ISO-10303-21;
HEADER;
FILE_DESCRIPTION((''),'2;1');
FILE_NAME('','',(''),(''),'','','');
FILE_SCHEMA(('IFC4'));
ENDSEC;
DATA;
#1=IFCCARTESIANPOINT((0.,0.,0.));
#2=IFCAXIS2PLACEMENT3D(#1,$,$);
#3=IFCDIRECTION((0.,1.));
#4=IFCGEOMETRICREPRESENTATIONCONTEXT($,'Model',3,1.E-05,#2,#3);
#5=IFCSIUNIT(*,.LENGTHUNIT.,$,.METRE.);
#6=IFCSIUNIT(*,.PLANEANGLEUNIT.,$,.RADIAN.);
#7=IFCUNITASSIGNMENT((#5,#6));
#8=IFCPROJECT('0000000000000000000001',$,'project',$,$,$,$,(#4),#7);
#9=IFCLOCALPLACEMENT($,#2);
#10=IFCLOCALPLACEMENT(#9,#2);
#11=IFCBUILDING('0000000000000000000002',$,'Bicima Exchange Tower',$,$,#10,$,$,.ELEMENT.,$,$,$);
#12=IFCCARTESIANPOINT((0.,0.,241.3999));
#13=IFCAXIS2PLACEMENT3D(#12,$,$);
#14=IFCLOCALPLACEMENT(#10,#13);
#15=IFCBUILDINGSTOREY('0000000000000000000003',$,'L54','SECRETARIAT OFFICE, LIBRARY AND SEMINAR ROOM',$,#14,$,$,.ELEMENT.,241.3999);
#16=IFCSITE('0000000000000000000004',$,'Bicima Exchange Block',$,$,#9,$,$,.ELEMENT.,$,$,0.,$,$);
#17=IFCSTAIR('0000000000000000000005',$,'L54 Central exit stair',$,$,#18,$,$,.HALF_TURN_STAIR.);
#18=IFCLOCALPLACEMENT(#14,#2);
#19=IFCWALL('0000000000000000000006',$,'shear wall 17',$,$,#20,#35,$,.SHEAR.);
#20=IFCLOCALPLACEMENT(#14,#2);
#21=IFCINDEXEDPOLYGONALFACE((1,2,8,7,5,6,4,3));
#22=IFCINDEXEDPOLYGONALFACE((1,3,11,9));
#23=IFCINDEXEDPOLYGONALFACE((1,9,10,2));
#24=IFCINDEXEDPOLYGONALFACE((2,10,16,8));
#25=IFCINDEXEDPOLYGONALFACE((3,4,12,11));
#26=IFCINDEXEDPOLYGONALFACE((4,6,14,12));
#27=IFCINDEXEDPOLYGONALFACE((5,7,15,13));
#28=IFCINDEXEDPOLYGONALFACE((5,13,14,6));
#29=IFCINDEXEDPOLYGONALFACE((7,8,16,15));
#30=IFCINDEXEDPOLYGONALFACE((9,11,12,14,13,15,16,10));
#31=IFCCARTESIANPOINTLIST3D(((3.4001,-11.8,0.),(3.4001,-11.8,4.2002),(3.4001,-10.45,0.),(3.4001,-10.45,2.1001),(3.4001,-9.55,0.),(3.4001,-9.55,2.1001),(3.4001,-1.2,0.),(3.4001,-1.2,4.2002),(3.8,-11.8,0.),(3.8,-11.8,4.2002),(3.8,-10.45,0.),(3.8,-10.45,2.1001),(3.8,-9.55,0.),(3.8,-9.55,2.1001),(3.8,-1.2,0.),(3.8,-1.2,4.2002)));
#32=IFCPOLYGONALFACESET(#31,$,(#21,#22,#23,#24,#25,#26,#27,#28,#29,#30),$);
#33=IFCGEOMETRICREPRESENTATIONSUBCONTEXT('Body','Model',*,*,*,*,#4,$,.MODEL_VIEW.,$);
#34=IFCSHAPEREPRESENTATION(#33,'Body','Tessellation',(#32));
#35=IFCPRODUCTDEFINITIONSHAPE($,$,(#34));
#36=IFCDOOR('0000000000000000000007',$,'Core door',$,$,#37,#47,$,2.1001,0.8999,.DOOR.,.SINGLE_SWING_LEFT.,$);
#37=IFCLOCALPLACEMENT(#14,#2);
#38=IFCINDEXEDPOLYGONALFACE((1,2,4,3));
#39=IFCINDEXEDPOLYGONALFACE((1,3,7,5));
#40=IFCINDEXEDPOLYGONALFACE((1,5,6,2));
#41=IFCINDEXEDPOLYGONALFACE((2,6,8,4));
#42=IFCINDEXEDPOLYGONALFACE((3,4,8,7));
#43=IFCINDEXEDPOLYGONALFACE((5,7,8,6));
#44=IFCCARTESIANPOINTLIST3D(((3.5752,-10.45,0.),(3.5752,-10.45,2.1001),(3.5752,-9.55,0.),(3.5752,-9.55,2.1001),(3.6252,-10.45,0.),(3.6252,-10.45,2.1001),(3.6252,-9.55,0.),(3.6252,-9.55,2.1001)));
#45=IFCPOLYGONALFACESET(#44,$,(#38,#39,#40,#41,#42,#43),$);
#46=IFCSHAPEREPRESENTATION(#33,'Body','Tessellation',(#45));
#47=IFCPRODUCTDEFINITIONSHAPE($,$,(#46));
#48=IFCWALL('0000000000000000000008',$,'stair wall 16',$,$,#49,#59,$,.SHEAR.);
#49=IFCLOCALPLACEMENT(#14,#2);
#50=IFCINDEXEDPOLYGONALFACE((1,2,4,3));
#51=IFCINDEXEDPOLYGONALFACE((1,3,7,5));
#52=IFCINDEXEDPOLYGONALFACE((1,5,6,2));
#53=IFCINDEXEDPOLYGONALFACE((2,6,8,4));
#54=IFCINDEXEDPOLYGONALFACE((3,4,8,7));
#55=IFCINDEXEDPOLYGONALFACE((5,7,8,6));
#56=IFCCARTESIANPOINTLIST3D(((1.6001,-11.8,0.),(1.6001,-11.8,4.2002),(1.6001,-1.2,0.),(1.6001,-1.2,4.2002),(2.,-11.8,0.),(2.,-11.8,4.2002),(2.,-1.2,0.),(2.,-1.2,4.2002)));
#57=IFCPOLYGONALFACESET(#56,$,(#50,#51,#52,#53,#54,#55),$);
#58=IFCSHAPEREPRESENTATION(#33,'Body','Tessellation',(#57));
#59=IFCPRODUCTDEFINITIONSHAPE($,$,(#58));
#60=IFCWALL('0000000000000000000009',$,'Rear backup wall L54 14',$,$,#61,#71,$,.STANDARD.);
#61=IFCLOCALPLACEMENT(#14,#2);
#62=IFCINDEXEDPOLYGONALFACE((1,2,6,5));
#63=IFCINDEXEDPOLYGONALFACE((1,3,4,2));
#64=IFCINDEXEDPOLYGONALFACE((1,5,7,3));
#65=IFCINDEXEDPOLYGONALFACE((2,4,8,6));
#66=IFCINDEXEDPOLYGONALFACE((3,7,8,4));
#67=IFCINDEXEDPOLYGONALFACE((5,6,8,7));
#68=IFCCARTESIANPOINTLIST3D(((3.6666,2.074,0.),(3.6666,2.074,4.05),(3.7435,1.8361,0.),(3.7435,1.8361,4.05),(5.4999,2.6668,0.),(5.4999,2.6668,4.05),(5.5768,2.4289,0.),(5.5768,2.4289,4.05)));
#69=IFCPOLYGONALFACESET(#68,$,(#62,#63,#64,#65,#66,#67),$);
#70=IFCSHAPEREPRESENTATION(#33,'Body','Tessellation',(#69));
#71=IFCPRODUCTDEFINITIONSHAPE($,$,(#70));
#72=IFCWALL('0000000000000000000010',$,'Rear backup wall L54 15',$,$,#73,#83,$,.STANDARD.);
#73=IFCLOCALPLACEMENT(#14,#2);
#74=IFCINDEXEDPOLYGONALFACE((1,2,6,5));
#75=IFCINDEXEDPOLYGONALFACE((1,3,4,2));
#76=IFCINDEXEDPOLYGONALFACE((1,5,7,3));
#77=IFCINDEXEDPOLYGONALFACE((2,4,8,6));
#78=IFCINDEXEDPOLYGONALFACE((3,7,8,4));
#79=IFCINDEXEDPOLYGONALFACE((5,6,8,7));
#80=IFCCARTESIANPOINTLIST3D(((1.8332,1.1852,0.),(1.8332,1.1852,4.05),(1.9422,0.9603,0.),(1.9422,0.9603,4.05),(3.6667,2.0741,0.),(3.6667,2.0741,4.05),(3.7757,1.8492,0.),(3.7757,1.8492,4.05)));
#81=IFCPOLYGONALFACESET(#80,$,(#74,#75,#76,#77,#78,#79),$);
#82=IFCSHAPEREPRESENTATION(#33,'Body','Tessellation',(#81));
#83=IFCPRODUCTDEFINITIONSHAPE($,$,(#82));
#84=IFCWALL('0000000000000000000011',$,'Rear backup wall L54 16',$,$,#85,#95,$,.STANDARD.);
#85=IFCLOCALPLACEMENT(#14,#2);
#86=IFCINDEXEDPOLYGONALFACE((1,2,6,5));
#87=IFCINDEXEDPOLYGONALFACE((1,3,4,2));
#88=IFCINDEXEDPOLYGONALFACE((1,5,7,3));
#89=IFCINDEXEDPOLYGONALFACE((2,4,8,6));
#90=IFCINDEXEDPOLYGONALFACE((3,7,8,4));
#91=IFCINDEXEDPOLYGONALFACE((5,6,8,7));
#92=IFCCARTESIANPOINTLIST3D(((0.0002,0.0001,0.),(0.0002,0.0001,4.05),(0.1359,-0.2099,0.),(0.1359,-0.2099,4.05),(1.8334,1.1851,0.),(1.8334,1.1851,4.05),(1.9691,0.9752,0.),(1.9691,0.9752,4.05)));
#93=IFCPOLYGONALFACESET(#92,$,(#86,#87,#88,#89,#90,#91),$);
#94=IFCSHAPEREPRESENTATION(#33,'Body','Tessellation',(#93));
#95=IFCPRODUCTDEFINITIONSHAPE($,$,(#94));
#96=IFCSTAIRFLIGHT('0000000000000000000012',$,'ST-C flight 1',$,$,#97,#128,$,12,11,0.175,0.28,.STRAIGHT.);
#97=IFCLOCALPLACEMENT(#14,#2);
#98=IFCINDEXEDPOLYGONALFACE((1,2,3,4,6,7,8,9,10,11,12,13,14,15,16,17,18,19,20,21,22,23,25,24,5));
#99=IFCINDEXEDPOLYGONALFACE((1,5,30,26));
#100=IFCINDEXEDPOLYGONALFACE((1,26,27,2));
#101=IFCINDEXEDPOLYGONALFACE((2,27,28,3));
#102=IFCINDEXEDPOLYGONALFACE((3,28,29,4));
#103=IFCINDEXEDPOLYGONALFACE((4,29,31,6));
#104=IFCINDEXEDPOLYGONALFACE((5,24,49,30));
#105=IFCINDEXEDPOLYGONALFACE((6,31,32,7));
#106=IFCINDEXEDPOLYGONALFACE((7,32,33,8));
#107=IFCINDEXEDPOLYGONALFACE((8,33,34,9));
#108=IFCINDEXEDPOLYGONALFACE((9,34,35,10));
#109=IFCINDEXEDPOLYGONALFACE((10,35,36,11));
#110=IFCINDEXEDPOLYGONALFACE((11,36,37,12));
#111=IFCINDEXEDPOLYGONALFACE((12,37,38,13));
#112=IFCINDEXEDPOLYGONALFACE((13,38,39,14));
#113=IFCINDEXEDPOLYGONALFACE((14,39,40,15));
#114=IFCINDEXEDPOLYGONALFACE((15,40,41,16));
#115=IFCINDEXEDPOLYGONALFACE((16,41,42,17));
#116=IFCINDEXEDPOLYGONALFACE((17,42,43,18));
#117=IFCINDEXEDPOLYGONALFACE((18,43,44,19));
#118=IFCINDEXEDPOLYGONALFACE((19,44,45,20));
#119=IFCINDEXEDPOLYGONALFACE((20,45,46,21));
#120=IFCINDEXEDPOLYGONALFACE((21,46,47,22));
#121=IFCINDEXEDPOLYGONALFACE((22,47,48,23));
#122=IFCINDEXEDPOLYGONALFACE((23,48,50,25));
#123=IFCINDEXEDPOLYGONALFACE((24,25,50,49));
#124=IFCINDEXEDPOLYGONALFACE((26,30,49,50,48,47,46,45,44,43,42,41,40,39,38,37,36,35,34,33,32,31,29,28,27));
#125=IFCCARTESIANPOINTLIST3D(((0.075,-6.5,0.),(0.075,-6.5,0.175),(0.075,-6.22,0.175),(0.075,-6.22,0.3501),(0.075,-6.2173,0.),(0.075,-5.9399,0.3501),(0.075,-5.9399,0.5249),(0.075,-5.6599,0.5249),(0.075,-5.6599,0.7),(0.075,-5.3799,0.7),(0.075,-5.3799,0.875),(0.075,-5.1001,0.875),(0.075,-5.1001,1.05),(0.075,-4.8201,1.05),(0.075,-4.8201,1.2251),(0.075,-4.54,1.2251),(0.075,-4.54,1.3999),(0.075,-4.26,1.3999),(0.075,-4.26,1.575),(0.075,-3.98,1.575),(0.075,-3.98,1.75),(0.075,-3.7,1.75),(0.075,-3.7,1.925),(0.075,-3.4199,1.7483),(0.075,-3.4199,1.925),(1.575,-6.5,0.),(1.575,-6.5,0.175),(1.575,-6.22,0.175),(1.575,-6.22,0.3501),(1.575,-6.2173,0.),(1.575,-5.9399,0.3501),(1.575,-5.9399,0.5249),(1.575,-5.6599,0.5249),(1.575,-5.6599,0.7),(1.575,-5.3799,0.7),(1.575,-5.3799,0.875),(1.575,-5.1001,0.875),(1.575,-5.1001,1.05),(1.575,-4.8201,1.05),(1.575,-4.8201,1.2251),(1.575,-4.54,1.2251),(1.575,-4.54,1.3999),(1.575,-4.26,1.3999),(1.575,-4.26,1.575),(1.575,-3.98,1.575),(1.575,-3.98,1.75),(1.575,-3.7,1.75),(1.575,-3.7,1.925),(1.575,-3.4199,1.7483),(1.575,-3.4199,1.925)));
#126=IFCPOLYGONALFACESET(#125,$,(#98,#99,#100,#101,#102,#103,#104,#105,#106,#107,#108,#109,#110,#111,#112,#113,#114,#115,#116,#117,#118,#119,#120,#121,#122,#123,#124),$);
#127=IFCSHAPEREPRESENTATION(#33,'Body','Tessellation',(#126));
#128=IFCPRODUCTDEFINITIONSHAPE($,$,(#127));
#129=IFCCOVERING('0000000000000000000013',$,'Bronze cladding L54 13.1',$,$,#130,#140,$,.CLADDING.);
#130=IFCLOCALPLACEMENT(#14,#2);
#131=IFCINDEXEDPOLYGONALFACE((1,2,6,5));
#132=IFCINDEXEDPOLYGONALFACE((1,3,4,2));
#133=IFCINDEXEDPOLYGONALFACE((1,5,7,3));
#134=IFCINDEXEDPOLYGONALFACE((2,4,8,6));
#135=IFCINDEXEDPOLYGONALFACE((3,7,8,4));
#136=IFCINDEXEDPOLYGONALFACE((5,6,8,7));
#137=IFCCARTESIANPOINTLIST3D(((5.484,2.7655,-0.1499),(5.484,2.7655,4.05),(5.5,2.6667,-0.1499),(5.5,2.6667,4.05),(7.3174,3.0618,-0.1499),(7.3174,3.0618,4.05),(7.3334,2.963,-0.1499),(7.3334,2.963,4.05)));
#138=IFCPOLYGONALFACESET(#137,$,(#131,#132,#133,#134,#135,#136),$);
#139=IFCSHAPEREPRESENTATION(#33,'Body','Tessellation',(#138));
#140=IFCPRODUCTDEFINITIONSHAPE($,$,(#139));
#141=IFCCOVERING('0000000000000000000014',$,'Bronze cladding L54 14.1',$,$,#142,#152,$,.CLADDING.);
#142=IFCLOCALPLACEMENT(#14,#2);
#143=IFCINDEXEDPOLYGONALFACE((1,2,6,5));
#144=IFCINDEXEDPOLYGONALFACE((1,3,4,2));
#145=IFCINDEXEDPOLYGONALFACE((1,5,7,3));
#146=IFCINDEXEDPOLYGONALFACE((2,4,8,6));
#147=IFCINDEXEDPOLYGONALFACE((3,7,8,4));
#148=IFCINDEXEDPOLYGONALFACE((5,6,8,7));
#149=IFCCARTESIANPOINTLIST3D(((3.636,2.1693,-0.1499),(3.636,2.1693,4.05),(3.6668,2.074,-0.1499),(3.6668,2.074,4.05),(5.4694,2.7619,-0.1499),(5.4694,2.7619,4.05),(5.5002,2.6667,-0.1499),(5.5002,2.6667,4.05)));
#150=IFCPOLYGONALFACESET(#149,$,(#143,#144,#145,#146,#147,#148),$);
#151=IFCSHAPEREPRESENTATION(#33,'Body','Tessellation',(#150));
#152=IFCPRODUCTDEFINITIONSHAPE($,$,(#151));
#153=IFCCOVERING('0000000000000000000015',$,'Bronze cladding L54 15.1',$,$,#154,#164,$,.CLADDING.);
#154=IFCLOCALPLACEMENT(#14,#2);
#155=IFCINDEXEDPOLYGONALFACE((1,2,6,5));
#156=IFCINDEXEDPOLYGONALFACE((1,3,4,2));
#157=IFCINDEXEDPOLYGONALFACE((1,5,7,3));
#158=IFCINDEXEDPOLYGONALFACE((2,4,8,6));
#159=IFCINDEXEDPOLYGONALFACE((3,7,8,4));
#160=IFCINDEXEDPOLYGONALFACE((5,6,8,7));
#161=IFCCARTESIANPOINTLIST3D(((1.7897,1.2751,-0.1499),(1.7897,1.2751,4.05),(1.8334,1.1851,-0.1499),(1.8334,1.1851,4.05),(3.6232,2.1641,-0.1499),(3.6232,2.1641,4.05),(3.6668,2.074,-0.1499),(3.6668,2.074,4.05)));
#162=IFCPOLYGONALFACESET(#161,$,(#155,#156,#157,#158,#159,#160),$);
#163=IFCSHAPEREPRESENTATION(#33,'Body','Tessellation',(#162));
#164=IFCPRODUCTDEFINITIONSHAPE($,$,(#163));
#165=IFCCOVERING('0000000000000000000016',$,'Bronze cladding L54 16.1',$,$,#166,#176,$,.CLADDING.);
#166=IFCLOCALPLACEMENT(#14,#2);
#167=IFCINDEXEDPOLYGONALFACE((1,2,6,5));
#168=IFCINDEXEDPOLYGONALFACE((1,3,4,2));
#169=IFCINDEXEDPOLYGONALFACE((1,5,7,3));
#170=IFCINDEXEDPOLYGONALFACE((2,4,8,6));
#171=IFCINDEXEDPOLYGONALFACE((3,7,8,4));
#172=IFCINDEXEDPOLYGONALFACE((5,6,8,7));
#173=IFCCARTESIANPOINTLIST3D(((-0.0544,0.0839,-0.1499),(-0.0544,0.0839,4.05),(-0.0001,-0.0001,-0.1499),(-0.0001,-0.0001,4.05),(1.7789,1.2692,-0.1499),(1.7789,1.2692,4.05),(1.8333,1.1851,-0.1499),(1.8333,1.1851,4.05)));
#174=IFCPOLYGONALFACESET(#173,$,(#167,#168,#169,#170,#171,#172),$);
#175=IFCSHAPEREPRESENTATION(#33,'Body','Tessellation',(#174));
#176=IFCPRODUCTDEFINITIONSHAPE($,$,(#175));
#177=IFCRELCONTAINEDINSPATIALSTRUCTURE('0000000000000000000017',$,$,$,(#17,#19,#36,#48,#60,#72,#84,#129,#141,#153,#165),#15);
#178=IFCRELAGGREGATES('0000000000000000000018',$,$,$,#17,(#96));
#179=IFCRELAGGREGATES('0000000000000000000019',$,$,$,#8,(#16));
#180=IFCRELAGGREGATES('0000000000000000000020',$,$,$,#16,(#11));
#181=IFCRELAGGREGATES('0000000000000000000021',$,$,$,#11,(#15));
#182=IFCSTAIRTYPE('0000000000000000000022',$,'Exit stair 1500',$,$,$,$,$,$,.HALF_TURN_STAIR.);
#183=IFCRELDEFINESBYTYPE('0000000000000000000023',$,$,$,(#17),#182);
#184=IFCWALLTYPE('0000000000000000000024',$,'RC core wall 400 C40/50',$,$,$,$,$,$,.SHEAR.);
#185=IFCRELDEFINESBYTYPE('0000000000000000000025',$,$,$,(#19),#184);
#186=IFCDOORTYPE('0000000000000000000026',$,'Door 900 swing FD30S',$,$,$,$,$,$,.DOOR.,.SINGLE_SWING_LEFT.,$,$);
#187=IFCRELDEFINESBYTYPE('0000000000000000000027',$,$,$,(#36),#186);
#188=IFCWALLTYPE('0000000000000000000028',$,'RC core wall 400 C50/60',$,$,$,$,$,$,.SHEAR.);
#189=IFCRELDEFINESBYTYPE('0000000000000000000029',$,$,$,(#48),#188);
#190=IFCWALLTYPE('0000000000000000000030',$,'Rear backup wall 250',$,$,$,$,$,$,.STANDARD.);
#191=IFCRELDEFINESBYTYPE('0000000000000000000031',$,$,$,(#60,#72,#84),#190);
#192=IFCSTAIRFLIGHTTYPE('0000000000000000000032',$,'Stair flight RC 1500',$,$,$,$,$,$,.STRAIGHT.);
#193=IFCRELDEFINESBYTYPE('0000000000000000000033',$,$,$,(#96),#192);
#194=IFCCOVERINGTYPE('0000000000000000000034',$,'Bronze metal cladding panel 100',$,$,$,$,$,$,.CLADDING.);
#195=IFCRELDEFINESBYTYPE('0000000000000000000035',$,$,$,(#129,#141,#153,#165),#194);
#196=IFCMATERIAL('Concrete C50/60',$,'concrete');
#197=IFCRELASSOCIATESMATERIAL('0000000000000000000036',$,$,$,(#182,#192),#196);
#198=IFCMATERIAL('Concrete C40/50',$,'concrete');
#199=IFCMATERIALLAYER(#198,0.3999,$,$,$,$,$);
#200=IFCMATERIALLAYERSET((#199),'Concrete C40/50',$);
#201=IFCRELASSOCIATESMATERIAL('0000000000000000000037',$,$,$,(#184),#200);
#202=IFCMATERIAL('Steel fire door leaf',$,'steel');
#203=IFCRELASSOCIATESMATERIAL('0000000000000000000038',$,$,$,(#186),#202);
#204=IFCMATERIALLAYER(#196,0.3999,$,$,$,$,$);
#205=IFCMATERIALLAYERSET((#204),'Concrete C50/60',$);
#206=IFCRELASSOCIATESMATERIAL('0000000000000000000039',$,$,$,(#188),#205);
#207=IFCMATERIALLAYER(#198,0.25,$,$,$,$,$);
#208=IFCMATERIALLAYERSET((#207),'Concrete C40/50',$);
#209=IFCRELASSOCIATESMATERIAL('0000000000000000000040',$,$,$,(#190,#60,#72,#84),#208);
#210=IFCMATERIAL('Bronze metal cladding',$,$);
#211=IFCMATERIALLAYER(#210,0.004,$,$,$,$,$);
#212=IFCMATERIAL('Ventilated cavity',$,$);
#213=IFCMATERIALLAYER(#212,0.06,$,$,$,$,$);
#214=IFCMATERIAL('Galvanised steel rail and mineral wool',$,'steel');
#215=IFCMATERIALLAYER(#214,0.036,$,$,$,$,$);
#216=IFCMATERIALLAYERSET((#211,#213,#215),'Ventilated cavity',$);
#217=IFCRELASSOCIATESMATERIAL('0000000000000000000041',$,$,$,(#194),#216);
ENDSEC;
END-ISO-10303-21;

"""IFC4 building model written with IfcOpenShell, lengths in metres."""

from ifc_helpers import new_model, si_unit, direction, frame, frame_2d, origin, origin_2d, place, context, subcontext, project, spatial, polyline, rectangle, outline, extrude, material, layer, layer_set, layer_usage, type_object, element, fill, aggregate, save


model = new_model("IFC4")

# Units and contexts
model_context = context("Model", 3, precision=1e-05, world=origin(), true_north=direction((0.0, 1.0)))
body_context = subcontext(model_context, "Body", "Model", "MODEL_VIEW")
ifc_project = project(units=[si_unit("LENGTHUNIT", "METRE"), si_unit("PLANEANGLEUNIT", "RADIAN")], contexts=[model_context])

# Site, building, storey
site_placement = place(None, origin())
site = spatial("IfcSite", under=ifc_project, at=site_placement, Name="Bicima Exchange Block", CompositionType="ELEMENT", RefElevation=0.0)
building_placement = place(site_placement, origin())
building = spatial("IfcBuilding", under=site, at=building_placement, Name="Bicima Exchange Tower", CompositionType="ELEMENT")
storey_placement = place(building_placement, frame((0.0, 0.0, 241.3999)))
storey = spatial("IfcBuildingStorey", under=building, at=storey_placement, Name="L54", Description="SECRETARIAT OFFICE, LIBRARY AND SEMINAR ROOM", CompositionType="ELEMENT", Elevation=241.3999)

# Shared definitions
ifc_material_1 = material(Name="Concrete C40/50", Category="concrete")

# Stair
ifc_material_2 = material(Name="Concrete C50/60", Category="concrete")
stair_type_1 = type_object("IfcStairType", Name="Exit stair 1500", PredefinedType="HALF_TURN_STAIR", material=ifc_material_2)
stair_1_placement = place(storey_placement, origin())
stair_1 = element("IfcStair", 1, at=stair_1_placement, inside=storey, type_object=stair_type_1, Name="L54 Central exit stair", PredefinedType="HALF_TURN_STAIR")

# Shared definitions
ifc_layer_1 = layer(ifc_material_1, 0.3999)
ifc_layer_set_1 = layer_set([ifc_layer_1], Name="Concrete C40/50")
wall_type_1 = type_object("IfcWallType", Name="RC core wall 400 C40/50", PredefinedType="SHEAR", material=ifc_layer_set_1)

# Wall, opening, door
wall_1_placement = place(storey_placement, frame((3.6001, -11.8, 0.0), z_axis=(0.0, 0.0, 1.0), x_axis=(0.0, 1.0, 0.0)))
wall_1 = element("IfcWall", 2, at=wall_1_placement, inside=storey, type_object=wall_type_1, Name="shear wall 17", PredefinedType="SHEAR", context=body_context, shape_type="SweptSolid", body=[
    extrude(rectangle(XDim=10.6001, YDim=0.3999, at=frame_2d((5.3, 0.0))), origin(), (0.0, 0.0, 1.0), 4.2002),
])
opening_1_placement = place(wall_1_placement, frame((1.3501, 0.0, 0.0)))
opening_1 = element("IfcOpeningElement", 3, at=opening_1_placement, cuts=wall_1, PredefinedType="OPENING", context=body_context, shape_type="SweptSolid", body=[
    extrude(rectangle(XDim=0.8999, YDim=2.1001, at=frame_2d((0.45, 1.05))), frame((0.0, 0.2119, 0.0), z_axis=(0.0, -1.0, 0.0), x_axis=(1.0, 0.0, 0.0)), (0.0, 0.0, 1.0), 0.4238),
])
ifc_material_3 = material(Name="Steel fire door leaf", Category="steel")
door_type_1 = type_object("IfcDoorType", Name="Door 900 swing FD30S", OperationType="SINGLE_SWING_LEFT", PredefinedType="DOOR", material=ifc_material_3)
door_1_placement = place(opening_1_placement, origin())
door_1 = element("IfcDoor", 4, at=door_1_placement, inside=storey, type_object=door_type_1, Name="Core door", OperationType="SINGLE_SWING_LEFT", OverallHeight=2.1001, OverallWidth=0.8999, PredefinedType="DOOR", context=body_context, shape_type="SweptSolid", body=[
    extrude(rectangle(XDim=0.8999, YDim=2.1001, at=frame_2d((0.45, 1.05))), frame((0.0, 0.0249, 0.0), z_axis=(0.0, -1.0, 0.0), x_axis=(1.0, 0.0, 0.0)), (0.0, 0.0, 1.0), 0.05),
])
fill(opening_1, door_1)

# Walls
ifc_layer_2 = layer(ifc_material_2, 0.3999)
ifc_layer_set_2 = layer_set([ifc_layer_2], Name="Concrete C50/60")
wall_type_2 = type_object("IfcWallType", Name="RC core wall 400 C50/60", PredefinedType="SHEAR", material=ifc_layer_set_2)
wall_2_placement = place(storey_placement, frame((1.8, -11.8, 0.0), z_axis=(0.0, 0.0, 1.0), x_axis=(0.0, 1.0, 0.0)))
element("IfcWall", 5, at=wall_2_placement, inside=storey, type_object=wall_type_2, Name="stair wall 16", PredefinedType="SHEAR", context=body_context, shape_type="SweptSolid", body=[
    extrude(rectangle(XDim=10.6001, YDim=0.3999, at=frame_2d((5.3, 0.0))), origin(), (0.0, 0.0, 1.0), 4.2002),
])
ifc_layer_3 = layer(ifc_material_1, 0.25)
ifc_layer_set_3 = layer_set([ifc_layer_3], Name="Concrete C40/50")
ifc_layer_usage = layer_usage(ifc_layer_set_3, "AXIS2", "POSITIVE", -0.125)
wall_type_3 = type_object("IfcWallType", Name="Rear backup wall 250", PredefinedType="STANDARD", material=ifc_layer_set_3)
wall_3_placement = place(storey_placement, frame((5.5383, 2.5479, 0.0), z_axis=(0.0, 0.0, 1.0), x_axis=(-0.951496, -0.307662, 0.0)))
element("IfcWall", 6, at=wall_3_placement, inside=storey, type_object=wall_type_3, material=ifc_layer_usage, Name="Rear backup wall L54 14", PredefinedType="STANDARD", context=body_context, shape_type="SweptSolid", body=[
    extrude(rectangle(XDim=1.9268, YDim=0.25, at=frame_2d((0.9634, 0.0))), origin(), (0.0, 0.0, 1.0), 4.05),
])
wall_4_placement = place(storey_placement, frame((3.7212, 1.9617, 0.0), z_axis=(0.0, 0.0, 1.0), x_axis=(-0.899824, -0.436253, 0.0)))
element("IfcWall", 7, at=wall_4_placement, inside=storey, type_object=wall_type_3, material=ifc_layer_usage, Name="Rear backup wall L54 15", PredefinedType="STANDARD", context=body_context, shape_type="SweptSolid", body=[
    extrude(rectangle(XDim=2.0376, YDim=0.25, at=frame_2d((1.0188, 0.0))), origin(), (0.0, 0.0, 1.0), 4.05),
])
wall_5_placement = place(storey_placement, frame((1.9011, 1.0801, 0.0), z_axis=(0.0, 0.0, 1.0), x_axis=(-0.839813, -0.542876, 0.0)))
element("IfcWall", 8, at=wall_5_placement, inside=storey, type_object=wall_type_3, material=ifc_layer_usage, Name="Rear backup wall L54 16", PredefinedType="STANDARD", context=body_context, shape_type="SweptSolid", body=[
    extrude(rectangle(XDim=2.1829, YDim=0.25, at=frame_2d((1.0913, 0.0))), origin(), (0.0, 0.0, 1.0), 4.05),
])

# Stair flight
stair_flight_type = type_object("IfcStairFlightType", Name="Stair flight RC 1500", PredefinedType="STRAIGHT", material=ifc_material_2)
stair_flight_placement = place(storey_placement, frame((0.825, -6.5, 0.0), z_axis=(0.0, 0.0, 1.0), x_axis=(0.0, 1.0, 0.0)))
stair_flight = element("IfcStairFlight", 9, at=stair_flight_placement, type_object=stair_flight_type, Name="ST-C flight 1", NumberOfRisers=12, NumberOfTreads=11, PredefinedType="STRAIGHT", RiserHeight=0.175, TreadLength=0.28, context=body_context, shape_type="SweptSolid", body=[
    extrude(outline(polyline([(0.0, 0.0), (0.0, 0.175), (0.28, 0.175), (0.28, 0.3501), (0.5601, 0.3501), (0.5601, 0.5249), (0.8401, 0.5249), (0.8401, 0.7), (1.1201, 0.7), (1.1201, 0.875), (1.3999, 0.875), (1.3999, 1.05), (1.6799, 1.05), (1.6799, 1.2251), (1.96, 1.2251), (1.96, 1.3999), (2.24, 1.3999), (2.24, 1.575), (2.52, 1.575), (2.52, 1.75), (2.8, 1.75), (2.8, 1.925), (3.0801, 1.925), (3.0801, 2.1001), (3.0801, 1.7483), (0.2827, 0.0), (0.0, 0.0)])), frame((0.0, 0.75, 0.0), z_axis=(0.0, -1.0, 0.0), x_axis=(1.0, 0.0, 0.0)), (0.0, 0.0, 1.0), 1.5),
])
aggregate(stair_1, [stair_flight])

# Coverings
ifc_material_4 = material(Name="Bronze metal cladding")
ifc_layer_4 = layer(ifc_material_4, 0.004)
ifc_material_5 = material(Name="Ventilated cavity")
ifc_layer_5 = layer(ifc_material_5, 0.06)
ifc_material_6 = material(Name="Galvanised steel rail and mineral wool", Category="steel")
ifc_layer_6 = layer(ifc_material_6, 0.036)
ifc_layer_set_4 = layer_set([ifc_layer_4, ifc_layer_5, ifc_layer_6], Name="Ventilated cavity")
covering_type = type_object("IfcCoveringType", Name="Bronze metal cladding panel 100", PredefinedType="CLADDING", material=ifc_layer_set_4)
covering_1_placement = place(storey_placement, frame((6.4087, 2.8643, -0.1499), z_axis=(0.0, 0.0, 1.0), x_axis=(-0.98719, -0.15955, 0.0)))
element("IfcCovering", 10, at=covering_1_placement, inside=storey, type_object=covering_type, Name="Bronze cladding L54 13.1", PredefinedType="CLADDING", context=body_context, shape_type="SweptSolid", body=[
    extrude(rectangle(XDim=1.8572, YDim=0.1001, at=origin_2d()), origin(), (0.0, 0.0, 1.0), 4.2),
])
covering_2_placement = place(storey_placement, frame((4.5681, 2.418, -0.1499), z_axis=(0.0, 0.0, 1.0), x_axis=(-0.951525, -0.307573, 0.0)))
element("IfcCovering", 11, at=covering_2_placement, inside=storey, type_object=covering_type, Name="Bronze cladding L54 14.1", PredefinedType="CLADDING", context=body_context, shape_type="SweptSolid", body=[
    extrude(rectangle(XDim=1.9268, YDim=0.1001, at=origin_2d()), origin(), (0.0, 0.0, 1.0), 4.2),
])
covering_3_placement = place(storey_placement, frame((2.7283, 1.6746, -0.1499), z_axis=(0.0, 0.0, 1.0), x_axis=(-0.899818, -0.436265, 0.0)))
element("IfcCovering", 12, at=covering_3_placement, inside=storey, type_object=covering_type, Name="Bronze cladding L54 15.1", PredefinedType="CLADDING", context=body_context, shape_type="SweptSolid", body=[
    extrude(rectangle(XDim=2.0376, YDim=0.1001, at=origin_2d()), origin(), (0.0, 0.0, 1.0), 4.2),
])
covering_4_placement = place(storey_placement, frame((0.8894, 0.6345, -0.1499), z_axis=(0.0, 0.0, 1.0), x_axis=(-0.83979, -0.542911, 0.0)))
element("IfcCovering", 13, at=covering_4_placement, inside=storey, type_object=covering_type, Name="Bronze cladding L54 16.1", PredefinedType="CLADDING", context=body_context, shape_type="SweptSolid", body=[
    extrude(rectangle(XDim=2.1831, YDim=0.1001, at=origin_2d()), origin(), (0.0, 0.0, 1.0), 4.2),
])

save(model, "model.ifc")
